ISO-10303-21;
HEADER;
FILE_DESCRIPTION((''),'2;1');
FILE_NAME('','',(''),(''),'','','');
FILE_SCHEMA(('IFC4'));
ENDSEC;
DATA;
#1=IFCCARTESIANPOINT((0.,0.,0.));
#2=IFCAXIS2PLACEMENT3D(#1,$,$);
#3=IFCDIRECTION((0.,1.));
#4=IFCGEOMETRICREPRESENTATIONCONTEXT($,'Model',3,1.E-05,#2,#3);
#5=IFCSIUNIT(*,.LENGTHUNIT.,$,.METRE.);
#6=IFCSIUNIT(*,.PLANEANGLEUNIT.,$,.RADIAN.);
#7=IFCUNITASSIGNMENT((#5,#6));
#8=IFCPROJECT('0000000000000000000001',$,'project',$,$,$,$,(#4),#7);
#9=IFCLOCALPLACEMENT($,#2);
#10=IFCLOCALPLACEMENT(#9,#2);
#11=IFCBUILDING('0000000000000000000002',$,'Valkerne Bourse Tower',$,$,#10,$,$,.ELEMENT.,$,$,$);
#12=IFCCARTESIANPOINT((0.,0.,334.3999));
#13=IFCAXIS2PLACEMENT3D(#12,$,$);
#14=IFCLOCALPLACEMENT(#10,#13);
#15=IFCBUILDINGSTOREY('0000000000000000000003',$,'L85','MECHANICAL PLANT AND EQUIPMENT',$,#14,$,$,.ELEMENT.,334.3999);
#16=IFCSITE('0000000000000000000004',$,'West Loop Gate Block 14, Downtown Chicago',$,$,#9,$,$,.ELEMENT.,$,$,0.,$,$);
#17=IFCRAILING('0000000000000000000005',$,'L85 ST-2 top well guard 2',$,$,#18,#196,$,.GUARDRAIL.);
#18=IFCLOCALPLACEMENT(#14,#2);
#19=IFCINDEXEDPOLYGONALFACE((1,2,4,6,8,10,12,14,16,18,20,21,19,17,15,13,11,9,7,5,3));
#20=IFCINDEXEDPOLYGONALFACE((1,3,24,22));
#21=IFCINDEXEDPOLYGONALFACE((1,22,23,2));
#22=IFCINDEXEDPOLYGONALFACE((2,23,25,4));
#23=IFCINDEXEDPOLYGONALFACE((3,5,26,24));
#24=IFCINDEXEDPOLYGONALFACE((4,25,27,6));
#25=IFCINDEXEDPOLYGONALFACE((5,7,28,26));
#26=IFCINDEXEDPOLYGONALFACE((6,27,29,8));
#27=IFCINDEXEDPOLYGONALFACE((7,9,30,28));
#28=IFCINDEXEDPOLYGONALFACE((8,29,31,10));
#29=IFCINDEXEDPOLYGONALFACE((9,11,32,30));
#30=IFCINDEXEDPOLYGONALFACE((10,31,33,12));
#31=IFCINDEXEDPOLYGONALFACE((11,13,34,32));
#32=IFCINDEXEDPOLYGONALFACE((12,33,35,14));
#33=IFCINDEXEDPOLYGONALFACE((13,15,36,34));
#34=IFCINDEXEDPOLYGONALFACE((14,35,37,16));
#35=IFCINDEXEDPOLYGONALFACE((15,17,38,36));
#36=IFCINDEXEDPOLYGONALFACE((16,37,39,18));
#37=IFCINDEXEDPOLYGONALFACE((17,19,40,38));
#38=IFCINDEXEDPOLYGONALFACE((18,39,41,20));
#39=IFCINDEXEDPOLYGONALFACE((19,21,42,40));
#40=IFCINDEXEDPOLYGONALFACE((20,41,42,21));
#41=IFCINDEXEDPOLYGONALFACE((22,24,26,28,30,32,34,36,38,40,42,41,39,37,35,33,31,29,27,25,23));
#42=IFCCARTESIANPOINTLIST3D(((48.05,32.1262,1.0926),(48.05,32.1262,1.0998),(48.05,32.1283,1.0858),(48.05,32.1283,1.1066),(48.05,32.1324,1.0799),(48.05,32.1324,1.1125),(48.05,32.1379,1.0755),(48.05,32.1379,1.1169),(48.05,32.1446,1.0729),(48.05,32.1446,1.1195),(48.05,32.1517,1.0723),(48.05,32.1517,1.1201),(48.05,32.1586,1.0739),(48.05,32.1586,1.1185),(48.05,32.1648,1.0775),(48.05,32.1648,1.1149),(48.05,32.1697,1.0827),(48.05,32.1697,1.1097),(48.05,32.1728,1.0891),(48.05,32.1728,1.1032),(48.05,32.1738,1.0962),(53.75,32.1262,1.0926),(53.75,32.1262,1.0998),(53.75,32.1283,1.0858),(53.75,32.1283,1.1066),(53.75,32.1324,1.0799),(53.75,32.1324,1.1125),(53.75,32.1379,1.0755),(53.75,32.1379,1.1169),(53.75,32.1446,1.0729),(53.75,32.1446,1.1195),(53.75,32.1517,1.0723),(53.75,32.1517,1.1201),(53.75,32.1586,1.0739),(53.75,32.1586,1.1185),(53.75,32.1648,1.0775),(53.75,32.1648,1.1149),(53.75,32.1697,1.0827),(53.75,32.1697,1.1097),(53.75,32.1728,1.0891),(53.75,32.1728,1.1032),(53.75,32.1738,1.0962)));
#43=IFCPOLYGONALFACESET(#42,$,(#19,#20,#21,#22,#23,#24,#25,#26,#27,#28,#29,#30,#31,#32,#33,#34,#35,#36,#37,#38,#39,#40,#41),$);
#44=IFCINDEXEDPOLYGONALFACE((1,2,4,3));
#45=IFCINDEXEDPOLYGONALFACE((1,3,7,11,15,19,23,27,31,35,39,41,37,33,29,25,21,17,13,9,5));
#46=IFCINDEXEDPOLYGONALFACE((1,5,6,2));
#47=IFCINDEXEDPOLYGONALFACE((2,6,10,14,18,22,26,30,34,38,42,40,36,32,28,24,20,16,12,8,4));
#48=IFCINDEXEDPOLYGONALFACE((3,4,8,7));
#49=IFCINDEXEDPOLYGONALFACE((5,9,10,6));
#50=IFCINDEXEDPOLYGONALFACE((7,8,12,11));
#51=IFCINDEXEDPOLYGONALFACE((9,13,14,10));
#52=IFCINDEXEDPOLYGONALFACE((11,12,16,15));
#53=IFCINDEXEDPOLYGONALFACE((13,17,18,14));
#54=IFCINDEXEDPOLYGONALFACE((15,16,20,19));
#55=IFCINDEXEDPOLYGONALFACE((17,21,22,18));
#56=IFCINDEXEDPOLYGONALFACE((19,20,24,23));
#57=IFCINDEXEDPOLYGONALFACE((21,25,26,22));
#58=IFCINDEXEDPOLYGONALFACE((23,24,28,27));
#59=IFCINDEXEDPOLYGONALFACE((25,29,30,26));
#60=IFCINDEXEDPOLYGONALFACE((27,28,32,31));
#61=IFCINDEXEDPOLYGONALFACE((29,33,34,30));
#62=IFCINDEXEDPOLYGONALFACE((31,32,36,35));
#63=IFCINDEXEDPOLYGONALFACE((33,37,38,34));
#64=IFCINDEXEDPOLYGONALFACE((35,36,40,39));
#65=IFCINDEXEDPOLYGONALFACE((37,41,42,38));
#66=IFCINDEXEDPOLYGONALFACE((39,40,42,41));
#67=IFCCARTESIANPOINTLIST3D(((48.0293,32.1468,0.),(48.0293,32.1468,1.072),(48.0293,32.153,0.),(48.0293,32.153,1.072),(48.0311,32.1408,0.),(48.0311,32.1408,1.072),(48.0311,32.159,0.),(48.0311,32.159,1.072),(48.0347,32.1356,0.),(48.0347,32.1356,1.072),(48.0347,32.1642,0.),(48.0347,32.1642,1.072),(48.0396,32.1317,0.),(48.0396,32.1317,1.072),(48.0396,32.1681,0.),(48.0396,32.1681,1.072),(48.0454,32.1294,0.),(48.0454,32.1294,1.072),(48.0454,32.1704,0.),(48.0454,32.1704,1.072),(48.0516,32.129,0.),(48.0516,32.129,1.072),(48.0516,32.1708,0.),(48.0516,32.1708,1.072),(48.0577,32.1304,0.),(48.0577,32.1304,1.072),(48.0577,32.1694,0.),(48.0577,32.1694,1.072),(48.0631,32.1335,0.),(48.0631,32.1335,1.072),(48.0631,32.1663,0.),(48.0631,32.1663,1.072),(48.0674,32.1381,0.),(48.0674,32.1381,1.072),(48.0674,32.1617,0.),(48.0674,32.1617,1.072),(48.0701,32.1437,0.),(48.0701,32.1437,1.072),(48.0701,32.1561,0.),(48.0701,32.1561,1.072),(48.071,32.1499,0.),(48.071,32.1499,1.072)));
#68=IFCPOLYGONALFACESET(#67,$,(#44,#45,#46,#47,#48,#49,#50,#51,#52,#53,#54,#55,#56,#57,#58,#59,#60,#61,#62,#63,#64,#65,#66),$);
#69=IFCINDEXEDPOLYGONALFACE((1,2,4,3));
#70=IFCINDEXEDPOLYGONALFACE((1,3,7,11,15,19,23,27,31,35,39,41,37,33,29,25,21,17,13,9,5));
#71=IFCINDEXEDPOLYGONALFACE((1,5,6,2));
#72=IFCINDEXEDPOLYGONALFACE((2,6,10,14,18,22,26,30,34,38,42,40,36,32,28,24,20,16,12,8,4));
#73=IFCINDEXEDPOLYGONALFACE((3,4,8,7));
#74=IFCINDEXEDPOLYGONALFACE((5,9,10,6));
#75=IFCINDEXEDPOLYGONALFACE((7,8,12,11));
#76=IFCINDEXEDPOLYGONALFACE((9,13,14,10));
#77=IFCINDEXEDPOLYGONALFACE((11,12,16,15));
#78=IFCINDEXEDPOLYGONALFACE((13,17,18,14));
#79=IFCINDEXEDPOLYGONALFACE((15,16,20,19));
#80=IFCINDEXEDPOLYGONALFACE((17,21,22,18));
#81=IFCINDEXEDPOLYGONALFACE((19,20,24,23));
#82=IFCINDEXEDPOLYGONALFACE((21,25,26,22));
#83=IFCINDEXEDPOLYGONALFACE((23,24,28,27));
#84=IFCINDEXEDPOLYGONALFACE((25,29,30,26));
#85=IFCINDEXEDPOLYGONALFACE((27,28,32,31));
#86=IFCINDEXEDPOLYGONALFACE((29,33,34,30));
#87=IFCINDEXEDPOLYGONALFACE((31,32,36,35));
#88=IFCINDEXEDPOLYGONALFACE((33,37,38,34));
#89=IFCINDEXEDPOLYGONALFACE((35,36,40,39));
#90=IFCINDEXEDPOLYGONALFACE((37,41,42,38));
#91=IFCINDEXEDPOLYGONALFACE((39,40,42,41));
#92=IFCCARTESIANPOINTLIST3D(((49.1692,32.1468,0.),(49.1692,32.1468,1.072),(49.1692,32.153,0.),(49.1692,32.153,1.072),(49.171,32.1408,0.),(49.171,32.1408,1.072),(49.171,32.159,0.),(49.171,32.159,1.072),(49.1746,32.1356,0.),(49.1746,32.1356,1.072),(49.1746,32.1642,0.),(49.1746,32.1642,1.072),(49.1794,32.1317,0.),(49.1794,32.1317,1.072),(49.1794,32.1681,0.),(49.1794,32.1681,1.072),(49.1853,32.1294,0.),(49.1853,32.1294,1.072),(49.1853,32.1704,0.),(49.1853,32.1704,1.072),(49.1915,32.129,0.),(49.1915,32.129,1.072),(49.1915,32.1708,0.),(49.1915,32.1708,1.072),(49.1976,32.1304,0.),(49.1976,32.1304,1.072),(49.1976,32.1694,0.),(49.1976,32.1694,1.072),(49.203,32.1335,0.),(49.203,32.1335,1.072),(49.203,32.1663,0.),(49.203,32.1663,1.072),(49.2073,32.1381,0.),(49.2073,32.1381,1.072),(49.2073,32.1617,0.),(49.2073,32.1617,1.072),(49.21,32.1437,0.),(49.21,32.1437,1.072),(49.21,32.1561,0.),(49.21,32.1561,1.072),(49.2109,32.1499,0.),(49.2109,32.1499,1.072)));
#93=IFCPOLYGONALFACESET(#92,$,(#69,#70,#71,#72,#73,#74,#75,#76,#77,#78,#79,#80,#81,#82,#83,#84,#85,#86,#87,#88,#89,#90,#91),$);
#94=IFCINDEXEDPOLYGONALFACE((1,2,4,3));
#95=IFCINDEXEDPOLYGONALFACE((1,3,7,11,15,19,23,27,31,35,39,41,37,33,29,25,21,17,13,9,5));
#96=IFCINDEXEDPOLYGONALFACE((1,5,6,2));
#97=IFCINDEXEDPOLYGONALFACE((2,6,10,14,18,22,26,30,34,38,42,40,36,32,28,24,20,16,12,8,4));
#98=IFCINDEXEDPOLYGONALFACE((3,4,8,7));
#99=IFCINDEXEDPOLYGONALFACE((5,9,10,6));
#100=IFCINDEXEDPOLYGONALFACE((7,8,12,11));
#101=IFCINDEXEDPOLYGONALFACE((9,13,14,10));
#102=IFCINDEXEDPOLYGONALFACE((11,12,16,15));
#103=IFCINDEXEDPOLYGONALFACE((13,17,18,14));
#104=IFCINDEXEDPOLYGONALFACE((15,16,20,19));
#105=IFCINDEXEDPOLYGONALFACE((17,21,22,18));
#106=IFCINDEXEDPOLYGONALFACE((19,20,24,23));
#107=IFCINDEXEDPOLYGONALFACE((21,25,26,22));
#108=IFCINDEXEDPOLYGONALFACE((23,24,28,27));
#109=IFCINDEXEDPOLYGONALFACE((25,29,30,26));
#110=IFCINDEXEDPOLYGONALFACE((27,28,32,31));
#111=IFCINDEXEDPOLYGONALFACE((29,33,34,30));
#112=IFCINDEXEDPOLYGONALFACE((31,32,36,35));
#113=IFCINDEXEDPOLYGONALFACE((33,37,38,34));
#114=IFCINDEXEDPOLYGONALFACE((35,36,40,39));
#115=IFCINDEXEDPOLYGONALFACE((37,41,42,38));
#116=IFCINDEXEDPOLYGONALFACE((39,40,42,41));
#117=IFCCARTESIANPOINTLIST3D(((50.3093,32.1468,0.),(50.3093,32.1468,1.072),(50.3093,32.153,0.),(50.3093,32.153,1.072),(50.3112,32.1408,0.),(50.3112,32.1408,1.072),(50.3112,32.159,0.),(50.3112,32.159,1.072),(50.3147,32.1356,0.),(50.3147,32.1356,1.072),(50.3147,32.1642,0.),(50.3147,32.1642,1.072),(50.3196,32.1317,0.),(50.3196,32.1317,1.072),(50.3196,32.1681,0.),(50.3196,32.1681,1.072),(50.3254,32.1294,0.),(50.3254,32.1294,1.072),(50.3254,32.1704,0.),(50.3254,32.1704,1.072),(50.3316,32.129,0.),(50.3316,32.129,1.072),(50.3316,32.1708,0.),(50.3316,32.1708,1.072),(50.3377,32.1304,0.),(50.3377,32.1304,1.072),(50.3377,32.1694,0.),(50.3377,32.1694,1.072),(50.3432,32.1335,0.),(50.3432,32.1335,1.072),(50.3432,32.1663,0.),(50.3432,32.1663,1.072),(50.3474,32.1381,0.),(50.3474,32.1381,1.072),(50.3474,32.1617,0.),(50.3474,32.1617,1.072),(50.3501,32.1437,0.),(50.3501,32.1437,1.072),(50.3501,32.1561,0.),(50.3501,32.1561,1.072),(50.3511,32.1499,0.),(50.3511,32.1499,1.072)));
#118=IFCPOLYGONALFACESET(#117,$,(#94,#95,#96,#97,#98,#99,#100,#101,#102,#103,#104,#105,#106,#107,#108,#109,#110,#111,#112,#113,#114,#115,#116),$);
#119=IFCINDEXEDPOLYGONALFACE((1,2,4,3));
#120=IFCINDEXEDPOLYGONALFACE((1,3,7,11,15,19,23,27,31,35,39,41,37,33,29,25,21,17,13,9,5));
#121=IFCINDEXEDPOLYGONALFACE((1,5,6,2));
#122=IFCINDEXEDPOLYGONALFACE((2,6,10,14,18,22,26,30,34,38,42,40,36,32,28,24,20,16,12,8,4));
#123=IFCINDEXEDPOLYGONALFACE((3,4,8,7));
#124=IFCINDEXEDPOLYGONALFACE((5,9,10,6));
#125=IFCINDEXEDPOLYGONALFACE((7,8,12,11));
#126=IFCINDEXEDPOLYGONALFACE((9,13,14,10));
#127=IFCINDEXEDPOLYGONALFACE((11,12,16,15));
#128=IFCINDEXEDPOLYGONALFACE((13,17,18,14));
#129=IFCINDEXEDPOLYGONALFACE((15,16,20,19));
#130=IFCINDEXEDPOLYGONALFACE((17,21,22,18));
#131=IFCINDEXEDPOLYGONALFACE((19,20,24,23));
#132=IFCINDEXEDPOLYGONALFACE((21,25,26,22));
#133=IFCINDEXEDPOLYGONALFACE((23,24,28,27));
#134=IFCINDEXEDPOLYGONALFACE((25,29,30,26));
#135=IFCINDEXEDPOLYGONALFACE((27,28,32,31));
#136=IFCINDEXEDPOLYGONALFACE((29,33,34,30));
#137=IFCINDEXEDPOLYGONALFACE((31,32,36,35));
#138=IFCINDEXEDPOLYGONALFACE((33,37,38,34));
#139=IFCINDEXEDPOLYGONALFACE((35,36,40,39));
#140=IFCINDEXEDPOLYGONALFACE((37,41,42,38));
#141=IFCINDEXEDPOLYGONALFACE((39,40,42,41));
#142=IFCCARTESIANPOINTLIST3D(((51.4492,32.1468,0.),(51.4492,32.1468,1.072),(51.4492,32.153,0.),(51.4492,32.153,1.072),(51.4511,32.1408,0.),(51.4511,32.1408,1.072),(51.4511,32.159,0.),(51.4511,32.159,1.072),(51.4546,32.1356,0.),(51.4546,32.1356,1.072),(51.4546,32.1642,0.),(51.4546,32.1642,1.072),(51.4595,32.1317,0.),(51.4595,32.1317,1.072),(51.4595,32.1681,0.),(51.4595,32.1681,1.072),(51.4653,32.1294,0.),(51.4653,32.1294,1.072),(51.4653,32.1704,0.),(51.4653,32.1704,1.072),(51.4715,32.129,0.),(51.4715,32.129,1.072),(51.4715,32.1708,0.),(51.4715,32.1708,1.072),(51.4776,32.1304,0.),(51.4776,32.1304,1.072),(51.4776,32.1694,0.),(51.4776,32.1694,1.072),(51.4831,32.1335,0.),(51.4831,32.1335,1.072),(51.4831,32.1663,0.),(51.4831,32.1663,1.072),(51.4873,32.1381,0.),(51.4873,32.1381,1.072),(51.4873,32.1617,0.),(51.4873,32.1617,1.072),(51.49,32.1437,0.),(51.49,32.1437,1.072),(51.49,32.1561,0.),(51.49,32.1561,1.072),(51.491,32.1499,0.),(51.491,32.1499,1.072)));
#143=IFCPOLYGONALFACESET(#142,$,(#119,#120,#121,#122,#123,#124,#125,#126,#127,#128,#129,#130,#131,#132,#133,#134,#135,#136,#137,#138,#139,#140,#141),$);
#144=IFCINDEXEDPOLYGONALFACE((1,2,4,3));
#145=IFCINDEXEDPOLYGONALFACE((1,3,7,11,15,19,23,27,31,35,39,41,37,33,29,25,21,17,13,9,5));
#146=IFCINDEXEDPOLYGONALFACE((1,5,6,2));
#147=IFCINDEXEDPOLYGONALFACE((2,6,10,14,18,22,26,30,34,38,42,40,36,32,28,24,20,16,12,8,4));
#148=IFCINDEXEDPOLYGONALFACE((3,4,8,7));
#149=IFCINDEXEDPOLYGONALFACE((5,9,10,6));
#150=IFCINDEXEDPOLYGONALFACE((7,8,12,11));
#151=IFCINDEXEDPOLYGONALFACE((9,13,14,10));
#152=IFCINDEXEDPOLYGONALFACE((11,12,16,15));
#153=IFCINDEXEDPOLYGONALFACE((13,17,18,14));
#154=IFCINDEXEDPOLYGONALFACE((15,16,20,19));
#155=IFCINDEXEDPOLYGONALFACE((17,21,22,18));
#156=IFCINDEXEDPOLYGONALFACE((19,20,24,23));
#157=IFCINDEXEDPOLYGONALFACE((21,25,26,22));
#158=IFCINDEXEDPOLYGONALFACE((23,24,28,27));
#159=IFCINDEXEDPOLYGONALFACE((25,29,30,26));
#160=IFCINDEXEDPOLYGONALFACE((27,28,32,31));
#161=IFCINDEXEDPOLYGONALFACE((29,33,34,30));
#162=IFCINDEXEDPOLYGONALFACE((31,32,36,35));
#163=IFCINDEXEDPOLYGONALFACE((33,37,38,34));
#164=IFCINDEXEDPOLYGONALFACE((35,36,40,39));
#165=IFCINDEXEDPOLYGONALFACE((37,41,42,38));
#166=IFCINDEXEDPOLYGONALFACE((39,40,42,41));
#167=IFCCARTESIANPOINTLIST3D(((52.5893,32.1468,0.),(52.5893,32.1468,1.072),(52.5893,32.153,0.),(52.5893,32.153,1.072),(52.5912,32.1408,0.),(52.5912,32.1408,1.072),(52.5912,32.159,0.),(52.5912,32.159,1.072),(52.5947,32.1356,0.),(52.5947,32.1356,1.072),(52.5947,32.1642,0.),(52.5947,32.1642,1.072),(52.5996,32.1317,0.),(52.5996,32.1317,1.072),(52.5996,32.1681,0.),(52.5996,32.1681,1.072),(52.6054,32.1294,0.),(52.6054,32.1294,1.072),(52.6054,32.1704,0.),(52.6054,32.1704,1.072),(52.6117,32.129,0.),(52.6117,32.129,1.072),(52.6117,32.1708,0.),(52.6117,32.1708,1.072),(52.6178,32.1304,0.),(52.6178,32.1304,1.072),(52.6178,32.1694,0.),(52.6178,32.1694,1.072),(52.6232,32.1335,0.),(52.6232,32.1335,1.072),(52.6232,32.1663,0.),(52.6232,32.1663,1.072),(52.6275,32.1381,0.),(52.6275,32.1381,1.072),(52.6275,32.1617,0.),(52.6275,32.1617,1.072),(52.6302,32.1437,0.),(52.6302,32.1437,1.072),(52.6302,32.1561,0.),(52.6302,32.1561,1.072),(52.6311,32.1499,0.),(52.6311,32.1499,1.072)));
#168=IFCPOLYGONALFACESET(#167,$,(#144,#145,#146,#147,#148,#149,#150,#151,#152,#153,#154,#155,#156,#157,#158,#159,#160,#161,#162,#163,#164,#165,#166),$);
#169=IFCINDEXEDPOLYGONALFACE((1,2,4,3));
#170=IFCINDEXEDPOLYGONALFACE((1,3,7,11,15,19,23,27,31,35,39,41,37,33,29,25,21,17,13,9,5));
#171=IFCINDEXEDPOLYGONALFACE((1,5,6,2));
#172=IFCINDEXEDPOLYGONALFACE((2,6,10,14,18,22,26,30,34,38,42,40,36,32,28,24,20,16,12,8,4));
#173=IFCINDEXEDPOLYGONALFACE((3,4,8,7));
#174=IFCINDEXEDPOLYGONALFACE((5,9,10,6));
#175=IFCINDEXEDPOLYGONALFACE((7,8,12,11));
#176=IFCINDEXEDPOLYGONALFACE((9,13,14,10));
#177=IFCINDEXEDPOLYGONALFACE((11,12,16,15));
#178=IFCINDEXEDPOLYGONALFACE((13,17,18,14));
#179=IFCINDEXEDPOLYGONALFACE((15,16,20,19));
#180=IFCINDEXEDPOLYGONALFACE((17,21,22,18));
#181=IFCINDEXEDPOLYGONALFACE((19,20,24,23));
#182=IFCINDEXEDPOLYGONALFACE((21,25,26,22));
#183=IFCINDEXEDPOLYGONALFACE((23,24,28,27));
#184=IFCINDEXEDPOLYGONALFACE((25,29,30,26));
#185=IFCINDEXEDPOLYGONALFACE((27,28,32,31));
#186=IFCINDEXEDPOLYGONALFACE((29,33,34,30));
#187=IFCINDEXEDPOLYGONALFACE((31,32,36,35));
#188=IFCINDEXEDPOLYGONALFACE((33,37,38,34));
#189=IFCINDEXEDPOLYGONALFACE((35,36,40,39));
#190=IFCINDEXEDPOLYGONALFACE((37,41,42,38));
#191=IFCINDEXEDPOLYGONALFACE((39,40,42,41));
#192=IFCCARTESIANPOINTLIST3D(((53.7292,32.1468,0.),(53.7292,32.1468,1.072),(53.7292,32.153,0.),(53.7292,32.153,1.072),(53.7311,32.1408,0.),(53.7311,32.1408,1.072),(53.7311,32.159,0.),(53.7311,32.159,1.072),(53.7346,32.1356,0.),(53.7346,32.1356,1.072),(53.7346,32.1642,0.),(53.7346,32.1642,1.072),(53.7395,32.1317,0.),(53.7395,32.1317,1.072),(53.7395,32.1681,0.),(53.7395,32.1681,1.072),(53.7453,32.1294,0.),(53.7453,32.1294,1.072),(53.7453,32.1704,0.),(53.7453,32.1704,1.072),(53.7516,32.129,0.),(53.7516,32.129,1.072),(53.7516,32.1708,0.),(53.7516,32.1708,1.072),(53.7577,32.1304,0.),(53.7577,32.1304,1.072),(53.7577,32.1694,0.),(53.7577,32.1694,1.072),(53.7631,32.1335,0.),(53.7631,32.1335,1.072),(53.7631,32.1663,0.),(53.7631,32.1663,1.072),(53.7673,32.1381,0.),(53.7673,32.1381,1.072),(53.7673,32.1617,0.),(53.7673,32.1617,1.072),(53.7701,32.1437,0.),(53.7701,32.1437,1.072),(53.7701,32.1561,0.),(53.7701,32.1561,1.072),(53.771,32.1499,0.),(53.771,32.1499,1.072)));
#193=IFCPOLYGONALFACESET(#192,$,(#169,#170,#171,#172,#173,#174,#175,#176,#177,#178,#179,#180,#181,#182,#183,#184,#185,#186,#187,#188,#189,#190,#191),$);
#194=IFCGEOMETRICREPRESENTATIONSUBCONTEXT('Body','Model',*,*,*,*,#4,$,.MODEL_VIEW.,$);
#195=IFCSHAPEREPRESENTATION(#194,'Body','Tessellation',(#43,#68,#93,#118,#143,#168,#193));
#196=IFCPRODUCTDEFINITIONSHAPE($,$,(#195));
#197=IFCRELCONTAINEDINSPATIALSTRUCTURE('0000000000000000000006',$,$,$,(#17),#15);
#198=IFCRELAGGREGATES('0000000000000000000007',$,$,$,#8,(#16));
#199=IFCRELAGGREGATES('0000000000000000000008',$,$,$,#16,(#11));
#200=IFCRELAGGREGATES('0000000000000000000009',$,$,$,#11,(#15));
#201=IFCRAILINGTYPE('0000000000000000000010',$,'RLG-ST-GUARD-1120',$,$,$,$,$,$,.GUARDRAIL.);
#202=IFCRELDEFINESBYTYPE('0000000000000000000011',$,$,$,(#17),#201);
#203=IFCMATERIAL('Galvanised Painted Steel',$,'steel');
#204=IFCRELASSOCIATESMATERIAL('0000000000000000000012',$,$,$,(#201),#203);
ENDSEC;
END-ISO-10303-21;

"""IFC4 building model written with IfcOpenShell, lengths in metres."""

from ifc_helpers import new_model, si_unit, direction, frame, origin, origin_2d, place, context, subcontext, project, spatial, circle, extrude, material, type_object, element, save


model = new_model("IFC4")

# Units and contexts
model_context = context("Model", 3, precision=1e-05, world=origin(), true_north=direction((0.0, 1.0)))
body_context = subcontext(model_context, "Body", "Model", "MODEL_VIEW")
ifc_project = project(units=[si_unit("LENGTHUNIT", "METRE"), si_unit("PLANEANGLEUNIT", "RADIAN")], contexts=[model_context])

# Site, building, storey
site_placement = place(None, origin())
site = spatial("IfcSite", under=ifc_project, at=site_placement, Name="West Loop Gate Block 14, Downtown Chicago", CompositionType="ELEMENT", RefElevation=0.0)
building_placement = place(site_placement, origin())
building = spatial("IfcBuilding", under=site, at=building_placement, Name="Valkerne Bourse Tower", CompositionType="ELEMENT")
storey_placement = place(building_placement, frame((0.0, 0.0, 334.3999)))
storey = spatial("IfcBuildingStorey", under=building, at=storey_placement, Name="L85", Description="MECHANICAL PLANT AND EQUIPMENT", CompositionType="ELEMENT", Elevation=334.3999)

# Railing
ifc_material_1 = material(Name="Galvanised Painted Steel", Category="steel")
railing_type = type_object("IfcRailingType", Name="RLG-ST-GUARD-1120", PredefinedType="GUARDRAIL", material=ifc_material_1)
for number, where, name in (
    (1, (48.05, 32.1499, 0.0), "L85 ST-2 top well guard 2"),
):
    element("IfcRailing", number, at=place(storey_placement, frame(where)), inside=storey, type_object=railing_type, Name=name, PredefinedType="GUARDRAIL", context=body_context, shape_type="SweptSolid", body=[
        extrude(circle(Radius=0.0239, at=origin_2d()), frame((0.0, 0.0, 1.0962), z_axis=(1.0, 0.0, 0.0), x_axis=(0.0, 1.0, 0.0)), (0.0, 0.0, 1.0), 5.7),
        extrude(circle(Radius=0.021, at=origin_2d()), origin(), (0.0, 0.0, 1.0), 1.072),
        extrude(circle(Radius=0.021, at=origin_2d()), frame((1.1399, 0.0, 0.0)), (0.0, 0.0, 1.0), 1.072),
        extrude(circle(Radius=0.021, at=origin_2d()), frame((2.28, 0.0, 0.0)), (0.0, 0.0, 1.0), 1.072),
        extrude(circle(Radius=0.021, at=origin_2d()), frame((3.4199, 0.0, 0.0)), (0.0, 0.0, 1.0), 1.072),
        extrude(circle(Radius=0.021, at=origin_2d()), frame((4.5601, 0.0, 0.0)), (0.0, 0.0, 1.0), 1.072),
        extrude(circle(Radius=0.021, at=origin_2d()), frame((5.7, 0.0, 0.0)), (0.0, 0.0, 1.0), 1.072),
    ])

save(model, "model.ifc")
